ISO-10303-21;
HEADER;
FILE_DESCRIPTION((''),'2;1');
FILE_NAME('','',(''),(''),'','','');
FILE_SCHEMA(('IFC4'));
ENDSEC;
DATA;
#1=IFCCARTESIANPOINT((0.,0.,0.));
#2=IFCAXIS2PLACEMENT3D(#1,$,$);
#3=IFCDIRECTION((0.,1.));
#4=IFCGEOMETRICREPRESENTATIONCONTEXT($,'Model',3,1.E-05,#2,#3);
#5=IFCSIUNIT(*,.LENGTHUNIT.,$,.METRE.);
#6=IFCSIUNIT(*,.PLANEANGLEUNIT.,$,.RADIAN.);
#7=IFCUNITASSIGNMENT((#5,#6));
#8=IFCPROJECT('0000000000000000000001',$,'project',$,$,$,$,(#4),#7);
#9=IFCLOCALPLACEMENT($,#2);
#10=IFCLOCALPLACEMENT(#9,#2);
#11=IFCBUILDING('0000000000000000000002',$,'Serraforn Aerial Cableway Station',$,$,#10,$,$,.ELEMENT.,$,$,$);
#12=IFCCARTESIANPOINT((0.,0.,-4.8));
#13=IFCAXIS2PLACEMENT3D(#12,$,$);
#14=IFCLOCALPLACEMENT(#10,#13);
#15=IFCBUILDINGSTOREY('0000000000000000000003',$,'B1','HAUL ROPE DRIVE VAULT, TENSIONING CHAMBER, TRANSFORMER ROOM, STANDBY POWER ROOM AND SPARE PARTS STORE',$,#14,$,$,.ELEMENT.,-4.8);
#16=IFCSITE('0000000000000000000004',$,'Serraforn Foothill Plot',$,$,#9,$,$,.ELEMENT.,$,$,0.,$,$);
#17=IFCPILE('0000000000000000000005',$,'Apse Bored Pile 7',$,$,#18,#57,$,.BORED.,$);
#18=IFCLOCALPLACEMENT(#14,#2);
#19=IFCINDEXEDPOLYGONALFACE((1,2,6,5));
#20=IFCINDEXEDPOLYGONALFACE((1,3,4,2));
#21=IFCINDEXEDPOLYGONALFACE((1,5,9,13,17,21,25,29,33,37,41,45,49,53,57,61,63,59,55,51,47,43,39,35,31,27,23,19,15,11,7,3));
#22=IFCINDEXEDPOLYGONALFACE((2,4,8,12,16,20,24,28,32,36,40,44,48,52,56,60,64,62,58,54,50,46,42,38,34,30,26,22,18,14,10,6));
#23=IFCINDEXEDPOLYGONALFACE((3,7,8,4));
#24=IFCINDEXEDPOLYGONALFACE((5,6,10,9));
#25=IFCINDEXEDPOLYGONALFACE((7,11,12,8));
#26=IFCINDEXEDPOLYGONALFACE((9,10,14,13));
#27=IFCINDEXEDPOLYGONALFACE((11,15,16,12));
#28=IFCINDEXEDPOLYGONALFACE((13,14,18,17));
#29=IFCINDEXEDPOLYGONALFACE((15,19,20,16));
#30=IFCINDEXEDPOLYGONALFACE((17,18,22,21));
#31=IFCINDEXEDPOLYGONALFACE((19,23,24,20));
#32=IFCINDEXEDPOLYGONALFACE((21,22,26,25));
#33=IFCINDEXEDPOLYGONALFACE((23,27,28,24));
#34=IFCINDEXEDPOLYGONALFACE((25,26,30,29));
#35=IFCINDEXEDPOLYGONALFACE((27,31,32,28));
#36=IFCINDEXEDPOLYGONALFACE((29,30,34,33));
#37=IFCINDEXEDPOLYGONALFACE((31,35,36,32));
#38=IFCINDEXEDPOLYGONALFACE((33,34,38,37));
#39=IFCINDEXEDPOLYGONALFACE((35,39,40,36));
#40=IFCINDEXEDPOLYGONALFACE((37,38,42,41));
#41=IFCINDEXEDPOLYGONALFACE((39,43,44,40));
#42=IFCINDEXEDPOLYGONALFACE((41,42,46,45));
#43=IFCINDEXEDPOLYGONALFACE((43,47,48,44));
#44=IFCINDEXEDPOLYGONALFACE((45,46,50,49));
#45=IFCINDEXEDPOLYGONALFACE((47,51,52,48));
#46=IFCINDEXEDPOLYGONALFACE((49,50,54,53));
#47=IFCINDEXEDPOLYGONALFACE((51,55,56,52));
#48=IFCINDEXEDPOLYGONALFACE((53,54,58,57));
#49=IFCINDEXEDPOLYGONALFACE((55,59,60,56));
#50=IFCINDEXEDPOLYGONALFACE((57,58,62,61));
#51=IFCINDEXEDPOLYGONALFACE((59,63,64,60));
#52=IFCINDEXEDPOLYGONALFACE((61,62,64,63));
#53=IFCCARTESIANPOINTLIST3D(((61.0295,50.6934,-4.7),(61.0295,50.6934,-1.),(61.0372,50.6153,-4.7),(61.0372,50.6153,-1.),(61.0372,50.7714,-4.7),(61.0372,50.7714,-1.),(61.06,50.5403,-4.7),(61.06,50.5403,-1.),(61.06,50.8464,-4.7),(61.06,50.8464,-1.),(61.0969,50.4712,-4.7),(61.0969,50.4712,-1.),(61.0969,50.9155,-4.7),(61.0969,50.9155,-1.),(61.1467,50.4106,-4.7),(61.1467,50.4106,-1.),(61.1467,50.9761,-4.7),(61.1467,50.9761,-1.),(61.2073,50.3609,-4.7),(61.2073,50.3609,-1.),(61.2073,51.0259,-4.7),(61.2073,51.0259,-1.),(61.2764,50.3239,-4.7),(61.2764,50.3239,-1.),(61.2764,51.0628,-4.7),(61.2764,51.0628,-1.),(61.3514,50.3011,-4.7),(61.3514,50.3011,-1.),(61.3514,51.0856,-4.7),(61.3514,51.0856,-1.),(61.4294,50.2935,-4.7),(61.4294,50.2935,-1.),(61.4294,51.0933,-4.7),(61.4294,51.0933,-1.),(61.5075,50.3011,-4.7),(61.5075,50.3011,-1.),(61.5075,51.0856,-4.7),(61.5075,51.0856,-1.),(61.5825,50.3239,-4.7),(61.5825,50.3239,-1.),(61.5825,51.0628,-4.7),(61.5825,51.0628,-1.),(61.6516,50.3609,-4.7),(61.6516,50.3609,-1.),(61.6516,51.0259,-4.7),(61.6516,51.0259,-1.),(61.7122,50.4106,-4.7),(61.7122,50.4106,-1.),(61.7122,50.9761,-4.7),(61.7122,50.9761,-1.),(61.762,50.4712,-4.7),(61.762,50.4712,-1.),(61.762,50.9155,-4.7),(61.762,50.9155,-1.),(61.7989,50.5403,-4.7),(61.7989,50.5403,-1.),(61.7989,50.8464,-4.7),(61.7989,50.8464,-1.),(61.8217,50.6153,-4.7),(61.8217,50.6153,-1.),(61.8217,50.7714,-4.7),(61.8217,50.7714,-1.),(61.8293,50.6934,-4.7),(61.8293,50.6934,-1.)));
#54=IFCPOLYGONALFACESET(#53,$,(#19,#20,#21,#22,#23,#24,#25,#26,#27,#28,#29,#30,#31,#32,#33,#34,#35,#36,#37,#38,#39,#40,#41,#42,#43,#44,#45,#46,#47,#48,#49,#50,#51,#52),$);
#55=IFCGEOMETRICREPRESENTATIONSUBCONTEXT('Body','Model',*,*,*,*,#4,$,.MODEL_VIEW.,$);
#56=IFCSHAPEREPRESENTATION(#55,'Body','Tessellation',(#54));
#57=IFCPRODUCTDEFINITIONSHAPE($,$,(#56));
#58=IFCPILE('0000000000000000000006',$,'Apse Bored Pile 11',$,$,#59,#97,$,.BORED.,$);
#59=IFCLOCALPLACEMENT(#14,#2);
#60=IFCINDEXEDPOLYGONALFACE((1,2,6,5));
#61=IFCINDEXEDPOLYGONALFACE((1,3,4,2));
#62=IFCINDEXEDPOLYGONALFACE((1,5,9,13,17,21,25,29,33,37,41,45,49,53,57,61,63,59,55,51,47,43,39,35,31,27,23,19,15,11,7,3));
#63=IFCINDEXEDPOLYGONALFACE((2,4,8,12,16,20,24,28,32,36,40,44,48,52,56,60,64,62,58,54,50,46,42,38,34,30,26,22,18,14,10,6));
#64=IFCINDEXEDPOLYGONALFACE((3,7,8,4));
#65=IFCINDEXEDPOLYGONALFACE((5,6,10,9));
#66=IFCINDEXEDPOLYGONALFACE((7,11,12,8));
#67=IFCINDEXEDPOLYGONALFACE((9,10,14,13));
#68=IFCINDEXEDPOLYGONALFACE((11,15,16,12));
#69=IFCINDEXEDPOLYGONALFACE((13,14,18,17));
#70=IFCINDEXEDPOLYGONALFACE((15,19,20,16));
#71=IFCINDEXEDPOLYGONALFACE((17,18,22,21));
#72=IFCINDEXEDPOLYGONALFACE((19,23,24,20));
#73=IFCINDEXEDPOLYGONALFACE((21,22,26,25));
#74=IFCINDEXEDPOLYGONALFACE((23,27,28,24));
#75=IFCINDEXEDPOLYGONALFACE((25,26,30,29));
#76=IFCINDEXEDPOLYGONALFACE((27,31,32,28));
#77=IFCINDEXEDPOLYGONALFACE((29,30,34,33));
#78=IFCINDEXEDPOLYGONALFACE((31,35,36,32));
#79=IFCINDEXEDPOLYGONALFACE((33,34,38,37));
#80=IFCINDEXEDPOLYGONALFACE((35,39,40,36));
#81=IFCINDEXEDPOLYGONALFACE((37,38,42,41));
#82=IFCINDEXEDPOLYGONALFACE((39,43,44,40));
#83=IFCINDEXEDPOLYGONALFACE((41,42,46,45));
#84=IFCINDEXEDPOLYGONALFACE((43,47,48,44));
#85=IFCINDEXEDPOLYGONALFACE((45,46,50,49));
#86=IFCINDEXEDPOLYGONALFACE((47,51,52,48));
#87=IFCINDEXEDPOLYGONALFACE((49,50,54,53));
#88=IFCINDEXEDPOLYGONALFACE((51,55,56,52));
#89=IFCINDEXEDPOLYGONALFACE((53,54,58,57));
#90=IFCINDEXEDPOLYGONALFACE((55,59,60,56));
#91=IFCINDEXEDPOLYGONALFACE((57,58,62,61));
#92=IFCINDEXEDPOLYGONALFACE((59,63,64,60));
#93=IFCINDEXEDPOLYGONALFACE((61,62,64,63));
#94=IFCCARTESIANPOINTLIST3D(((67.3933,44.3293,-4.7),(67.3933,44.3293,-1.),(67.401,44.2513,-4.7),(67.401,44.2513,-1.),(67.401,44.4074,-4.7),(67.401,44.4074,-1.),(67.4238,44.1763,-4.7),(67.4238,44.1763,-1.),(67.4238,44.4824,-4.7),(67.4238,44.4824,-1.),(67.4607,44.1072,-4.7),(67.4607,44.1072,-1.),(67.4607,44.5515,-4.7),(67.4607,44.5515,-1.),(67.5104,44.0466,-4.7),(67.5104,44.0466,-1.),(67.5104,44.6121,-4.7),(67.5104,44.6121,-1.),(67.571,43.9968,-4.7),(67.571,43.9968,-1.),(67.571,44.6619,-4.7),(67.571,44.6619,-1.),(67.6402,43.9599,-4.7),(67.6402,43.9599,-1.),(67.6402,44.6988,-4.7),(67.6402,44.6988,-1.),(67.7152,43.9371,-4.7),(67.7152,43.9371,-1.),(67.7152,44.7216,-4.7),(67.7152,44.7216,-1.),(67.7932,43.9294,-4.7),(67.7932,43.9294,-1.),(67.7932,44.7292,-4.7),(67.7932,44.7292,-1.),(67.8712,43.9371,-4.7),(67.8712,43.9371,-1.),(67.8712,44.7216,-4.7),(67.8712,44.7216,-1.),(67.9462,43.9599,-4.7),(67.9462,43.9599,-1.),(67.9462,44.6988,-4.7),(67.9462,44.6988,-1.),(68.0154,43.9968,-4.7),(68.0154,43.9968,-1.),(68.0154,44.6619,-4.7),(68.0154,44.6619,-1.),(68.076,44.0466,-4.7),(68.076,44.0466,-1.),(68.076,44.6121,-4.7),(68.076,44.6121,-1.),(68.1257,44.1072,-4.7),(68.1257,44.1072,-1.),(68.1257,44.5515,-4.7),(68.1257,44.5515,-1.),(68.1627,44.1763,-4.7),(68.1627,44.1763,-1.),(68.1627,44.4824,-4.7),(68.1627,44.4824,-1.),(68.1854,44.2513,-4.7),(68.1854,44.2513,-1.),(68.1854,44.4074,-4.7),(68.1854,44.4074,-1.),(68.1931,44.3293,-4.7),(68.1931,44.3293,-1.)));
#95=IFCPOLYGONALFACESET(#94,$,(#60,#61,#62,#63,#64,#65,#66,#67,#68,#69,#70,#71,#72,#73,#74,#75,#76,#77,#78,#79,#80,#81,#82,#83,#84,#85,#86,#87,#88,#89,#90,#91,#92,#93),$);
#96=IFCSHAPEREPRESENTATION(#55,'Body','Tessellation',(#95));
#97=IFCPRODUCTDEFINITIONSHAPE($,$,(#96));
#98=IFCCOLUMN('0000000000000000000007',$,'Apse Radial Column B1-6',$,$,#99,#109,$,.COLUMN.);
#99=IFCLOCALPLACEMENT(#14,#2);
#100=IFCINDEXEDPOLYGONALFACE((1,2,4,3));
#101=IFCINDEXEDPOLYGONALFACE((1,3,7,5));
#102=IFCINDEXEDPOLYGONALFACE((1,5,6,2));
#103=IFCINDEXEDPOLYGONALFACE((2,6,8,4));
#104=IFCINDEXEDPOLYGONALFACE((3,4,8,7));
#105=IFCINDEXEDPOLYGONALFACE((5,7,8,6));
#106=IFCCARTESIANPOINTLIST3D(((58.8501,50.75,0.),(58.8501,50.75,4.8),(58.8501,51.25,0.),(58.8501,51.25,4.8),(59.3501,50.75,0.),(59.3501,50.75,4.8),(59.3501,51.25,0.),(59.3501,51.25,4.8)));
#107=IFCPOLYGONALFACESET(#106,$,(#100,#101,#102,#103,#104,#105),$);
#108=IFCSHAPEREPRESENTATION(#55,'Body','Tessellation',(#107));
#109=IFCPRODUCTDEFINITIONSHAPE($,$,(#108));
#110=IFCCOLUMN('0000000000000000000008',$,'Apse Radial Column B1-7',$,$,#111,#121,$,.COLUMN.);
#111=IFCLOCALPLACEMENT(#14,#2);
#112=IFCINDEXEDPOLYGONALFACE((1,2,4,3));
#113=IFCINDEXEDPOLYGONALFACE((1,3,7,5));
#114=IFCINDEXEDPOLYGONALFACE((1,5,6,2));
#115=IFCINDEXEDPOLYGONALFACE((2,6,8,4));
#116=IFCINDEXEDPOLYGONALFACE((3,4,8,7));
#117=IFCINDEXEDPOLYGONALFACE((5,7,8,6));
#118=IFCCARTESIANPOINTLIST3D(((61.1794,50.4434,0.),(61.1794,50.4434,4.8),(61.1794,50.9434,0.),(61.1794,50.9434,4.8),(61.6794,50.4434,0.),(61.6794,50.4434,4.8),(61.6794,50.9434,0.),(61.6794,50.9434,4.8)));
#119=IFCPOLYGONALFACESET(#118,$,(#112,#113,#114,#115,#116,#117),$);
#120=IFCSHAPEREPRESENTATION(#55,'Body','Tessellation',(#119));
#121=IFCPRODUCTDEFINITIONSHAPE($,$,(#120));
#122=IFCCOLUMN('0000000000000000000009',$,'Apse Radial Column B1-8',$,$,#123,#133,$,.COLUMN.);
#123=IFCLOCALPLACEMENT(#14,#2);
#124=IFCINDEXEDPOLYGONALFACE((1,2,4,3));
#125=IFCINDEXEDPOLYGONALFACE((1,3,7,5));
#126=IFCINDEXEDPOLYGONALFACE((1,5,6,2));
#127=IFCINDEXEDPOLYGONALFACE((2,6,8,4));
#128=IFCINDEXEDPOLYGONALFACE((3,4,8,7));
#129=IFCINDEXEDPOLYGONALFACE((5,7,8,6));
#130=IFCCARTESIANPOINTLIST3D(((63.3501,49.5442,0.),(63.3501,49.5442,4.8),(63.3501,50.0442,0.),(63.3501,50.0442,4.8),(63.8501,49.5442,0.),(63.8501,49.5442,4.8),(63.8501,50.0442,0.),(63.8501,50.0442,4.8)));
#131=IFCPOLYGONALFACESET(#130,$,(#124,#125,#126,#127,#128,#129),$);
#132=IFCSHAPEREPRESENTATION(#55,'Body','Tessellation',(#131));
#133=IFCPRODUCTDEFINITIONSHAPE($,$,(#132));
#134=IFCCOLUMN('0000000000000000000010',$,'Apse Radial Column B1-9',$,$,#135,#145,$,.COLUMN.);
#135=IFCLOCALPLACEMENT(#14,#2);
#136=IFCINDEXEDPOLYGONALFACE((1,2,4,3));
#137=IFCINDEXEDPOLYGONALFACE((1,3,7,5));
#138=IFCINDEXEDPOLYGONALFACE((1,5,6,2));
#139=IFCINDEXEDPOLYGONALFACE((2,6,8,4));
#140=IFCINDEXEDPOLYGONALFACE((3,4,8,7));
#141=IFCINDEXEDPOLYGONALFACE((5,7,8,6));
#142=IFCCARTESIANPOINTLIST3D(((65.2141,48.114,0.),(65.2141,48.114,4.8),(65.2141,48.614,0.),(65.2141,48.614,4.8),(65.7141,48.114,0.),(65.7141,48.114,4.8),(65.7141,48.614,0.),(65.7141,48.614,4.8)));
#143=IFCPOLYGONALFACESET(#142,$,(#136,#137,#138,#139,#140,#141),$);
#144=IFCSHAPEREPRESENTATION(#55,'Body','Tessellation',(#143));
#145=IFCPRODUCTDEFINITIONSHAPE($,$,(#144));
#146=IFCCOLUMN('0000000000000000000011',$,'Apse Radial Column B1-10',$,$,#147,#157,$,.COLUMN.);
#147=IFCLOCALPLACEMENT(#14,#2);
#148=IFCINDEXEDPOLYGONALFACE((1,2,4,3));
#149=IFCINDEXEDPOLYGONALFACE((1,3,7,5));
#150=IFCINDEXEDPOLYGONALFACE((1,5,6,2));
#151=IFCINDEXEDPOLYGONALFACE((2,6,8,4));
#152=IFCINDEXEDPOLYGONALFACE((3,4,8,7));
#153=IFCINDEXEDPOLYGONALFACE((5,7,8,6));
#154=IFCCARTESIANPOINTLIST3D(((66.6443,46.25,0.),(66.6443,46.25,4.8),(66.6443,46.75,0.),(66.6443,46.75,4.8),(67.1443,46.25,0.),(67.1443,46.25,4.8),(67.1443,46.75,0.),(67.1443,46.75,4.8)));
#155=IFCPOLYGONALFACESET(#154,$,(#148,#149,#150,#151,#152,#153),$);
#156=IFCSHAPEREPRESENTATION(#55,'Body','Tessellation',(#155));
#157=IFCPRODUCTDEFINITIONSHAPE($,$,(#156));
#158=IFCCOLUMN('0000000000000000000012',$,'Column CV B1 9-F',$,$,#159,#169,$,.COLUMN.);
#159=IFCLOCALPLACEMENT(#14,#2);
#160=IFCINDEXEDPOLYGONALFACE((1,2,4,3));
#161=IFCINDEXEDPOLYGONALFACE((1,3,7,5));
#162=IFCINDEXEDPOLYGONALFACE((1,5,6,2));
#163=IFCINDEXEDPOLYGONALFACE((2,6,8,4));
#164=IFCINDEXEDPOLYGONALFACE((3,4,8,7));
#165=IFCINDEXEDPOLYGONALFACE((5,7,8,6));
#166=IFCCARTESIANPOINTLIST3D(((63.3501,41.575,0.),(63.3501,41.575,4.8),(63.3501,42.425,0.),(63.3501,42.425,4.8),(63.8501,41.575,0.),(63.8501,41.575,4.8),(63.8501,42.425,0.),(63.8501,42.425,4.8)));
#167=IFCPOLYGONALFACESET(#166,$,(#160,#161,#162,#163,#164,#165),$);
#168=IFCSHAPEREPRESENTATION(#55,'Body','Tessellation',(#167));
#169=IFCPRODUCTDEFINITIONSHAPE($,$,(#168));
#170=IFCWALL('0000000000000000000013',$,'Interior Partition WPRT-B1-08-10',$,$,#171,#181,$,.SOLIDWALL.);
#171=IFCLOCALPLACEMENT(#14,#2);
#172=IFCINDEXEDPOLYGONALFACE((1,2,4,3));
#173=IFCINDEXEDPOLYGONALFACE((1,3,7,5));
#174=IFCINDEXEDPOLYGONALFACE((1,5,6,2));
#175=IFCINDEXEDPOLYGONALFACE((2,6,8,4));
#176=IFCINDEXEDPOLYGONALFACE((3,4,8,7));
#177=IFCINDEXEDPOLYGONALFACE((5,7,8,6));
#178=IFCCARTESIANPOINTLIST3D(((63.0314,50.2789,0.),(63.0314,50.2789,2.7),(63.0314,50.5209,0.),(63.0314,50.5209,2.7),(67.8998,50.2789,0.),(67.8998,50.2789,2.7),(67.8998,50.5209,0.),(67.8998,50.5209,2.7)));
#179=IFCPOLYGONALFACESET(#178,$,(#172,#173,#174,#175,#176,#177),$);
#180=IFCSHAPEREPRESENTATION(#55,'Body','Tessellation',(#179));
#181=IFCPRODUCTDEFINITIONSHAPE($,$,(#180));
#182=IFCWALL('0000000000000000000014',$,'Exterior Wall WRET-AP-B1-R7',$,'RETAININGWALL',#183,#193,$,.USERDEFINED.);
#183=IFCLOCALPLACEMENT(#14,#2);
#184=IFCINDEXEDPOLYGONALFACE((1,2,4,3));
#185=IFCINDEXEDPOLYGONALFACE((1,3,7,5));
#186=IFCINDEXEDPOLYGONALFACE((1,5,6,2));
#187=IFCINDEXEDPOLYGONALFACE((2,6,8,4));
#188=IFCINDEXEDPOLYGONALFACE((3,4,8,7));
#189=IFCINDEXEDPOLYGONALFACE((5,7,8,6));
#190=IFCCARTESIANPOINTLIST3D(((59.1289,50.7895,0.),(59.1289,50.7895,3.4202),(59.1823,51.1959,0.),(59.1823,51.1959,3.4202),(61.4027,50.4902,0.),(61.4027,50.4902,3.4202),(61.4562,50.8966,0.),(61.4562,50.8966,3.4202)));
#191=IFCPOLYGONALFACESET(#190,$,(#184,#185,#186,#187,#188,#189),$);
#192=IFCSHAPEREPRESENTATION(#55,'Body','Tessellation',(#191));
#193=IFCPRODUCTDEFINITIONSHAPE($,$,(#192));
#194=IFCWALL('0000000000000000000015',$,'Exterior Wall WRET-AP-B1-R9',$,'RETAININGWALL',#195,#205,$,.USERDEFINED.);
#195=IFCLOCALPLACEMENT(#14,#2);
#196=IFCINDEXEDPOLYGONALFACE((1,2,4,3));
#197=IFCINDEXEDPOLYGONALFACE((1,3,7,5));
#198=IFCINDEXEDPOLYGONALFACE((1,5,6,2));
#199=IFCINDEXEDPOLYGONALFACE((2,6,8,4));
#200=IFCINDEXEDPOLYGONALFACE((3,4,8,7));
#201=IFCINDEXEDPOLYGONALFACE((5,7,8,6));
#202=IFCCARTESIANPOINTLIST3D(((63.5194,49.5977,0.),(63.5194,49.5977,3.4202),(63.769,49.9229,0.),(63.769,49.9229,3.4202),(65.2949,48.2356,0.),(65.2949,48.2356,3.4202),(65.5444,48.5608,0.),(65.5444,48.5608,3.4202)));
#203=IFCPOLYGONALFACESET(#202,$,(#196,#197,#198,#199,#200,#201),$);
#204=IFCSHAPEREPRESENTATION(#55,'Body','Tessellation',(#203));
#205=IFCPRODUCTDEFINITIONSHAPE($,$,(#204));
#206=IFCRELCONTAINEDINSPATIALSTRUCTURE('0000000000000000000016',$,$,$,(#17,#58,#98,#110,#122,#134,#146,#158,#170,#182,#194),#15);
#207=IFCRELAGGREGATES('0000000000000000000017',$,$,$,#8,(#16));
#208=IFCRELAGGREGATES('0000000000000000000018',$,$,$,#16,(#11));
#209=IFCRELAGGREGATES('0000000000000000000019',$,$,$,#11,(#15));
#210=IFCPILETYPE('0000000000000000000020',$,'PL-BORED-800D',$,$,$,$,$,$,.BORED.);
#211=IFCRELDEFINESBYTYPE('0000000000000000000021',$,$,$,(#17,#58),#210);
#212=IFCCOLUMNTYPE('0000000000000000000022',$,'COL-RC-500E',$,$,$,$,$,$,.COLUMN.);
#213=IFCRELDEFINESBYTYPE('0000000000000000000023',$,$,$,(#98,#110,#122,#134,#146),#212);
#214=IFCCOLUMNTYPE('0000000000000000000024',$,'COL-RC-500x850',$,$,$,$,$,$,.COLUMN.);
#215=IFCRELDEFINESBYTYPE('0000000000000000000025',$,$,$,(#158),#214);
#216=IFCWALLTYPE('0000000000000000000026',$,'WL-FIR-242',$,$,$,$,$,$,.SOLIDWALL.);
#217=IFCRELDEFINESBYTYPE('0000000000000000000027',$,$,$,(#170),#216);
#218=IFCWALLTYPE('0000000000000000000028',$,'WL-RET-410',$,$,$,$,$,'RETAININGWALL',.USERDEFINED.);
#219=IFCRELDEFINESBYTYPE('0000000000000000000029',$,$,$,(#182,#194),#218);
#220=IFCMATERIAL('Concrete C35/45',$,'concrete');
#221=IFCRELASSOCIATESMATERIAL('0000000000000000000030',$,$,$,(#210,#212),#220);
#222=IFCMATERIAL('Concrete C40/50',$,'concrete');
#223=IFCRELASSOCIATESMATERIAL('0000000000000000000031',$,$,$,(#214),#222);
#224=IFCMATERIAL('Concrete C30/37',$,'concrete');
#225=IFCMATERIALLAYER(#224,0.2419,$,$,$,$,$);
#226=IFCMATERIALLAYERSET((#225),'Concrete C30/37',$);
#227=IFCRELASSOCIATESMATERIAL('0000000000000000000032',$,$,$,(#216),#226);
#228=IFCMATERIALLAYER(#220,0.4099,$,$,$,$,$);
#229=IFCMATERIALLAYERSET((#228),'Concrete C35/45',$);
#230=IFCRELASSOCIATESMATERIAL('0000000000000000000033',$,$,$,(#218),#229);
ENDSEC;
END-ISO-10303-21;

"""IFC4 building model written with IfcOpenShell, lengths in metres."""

from ifc_helpers import new_model, si_unit, direction, frame, frame_2d, origin, origin_2d, place, context, subcontext, project, spatial, rectangle, circle, extrude, material, layer, layer_set, material_profile, profile_set, type_object, element, save


model = new_model("IFC4")

# Units and contexts
model_context = context("Model", 3, precision=1e-05, world=origin(), true_north=direction((0.0, 1.0)))
body_context = subcontext(model_context, "Body", "Model", "MODEL_VIEW")
ifc_project = project(units=[si_unit("LENGTHUNIT", "METRE"), si_unit("PLANEANGLEUNIT", "RADIAN")], contexts=[model_context])

# Site, building, storey
site_placement = place(None, origin())
site = spatial("IfcSite", under=ifc_project, at=site_placement, Name="Serraforn Foothill Plot", CompositionType="ELEMENT", RefElevation=0.0)
building_placement = place(site_placement, origin())
building = spatial("IfcBuilding", under=site, at=building_placement, Name="Serraforn Aerial Cableway Station", CompositionType="ELEMENT")
storey_placement = place(building_placement, frame((0.0, 0.0, -4.8)))
storey = spatial("IfcBuildingStorey", under=building, at=storey_placement, Name="B1", Description="HAUL ROPE DRIVE VAULT, TENSIONING CHAMBER, TRANSFORMER ROOM, STANDBY POWER ROOM AND SPARE PARTS STORE", CompositionType="ELEMENT", Elevation=-4.8)

# Shared definitions
ifc_material_1 = material(Name="Concrete C35/45", Category="concrete")

# Piles
ifc_material_profile_1 = material_profile(ifc_material_1, circle(Radius=0.3999, at=origin_2d()), Name="BORED PILE D800")
ifc_profile_set_1 = profile_set([ifc_material_profile_1], Name="Concrete C35/45")
pile_type_1 = type_object("IfcPileType", Name="PL-BORED-800D", PredefinedType="BORED", material=ifc_profile_set_1)
for number, where, z_axis, x_axis, name in (
    (1, (61.4294, 50.6934, -1.0), (0.0, 0.0, -1.0), (1.0, 0.0, 0.0), "Apse Bored Pile 7"),
    (2, (67.7932, 44.3293, -1.0), (0.0, 0.0, -1.0), (1.0, 0.0, 0.0), "Apse Bored Pile 11"),
):
    element("IfcPile", number, at=place(storey_placement, frame(where, z_axis=z_axis, x_axis=x_axis)), inside=storey, type_object=pile_type_1, Name=name, PredefinedType="BORED", context=body_context, shape_type="SweptSolid", body=[
        extrude(circle(Radius=0.3999, at=origin_2d()), origin(), (0.0, 0.0, 1.0), 3.7),
    ])

# Columns
ifc_material_profile_2 = material_profile(ifc_material_1, rectangle(XDim=0.5, YDim=0.5, at=origin_2d()), Name="RC 500x500")
ifc_profile_set_2 = profile_set([ifc_material_profile_2], Name="Concrete C35/45")
column_type_1 = type_object("IfcColumnType", Name="COL-RC-500E", PredefinedType="COLUMN", material=ifc_profile_set_2)
for number, where, z_axis, x_axis, name in (
    (3, (59.1001, 51.0, 0.0), (0.0, 0.0, 1.0), (1.0, 0.0, 0.0), "Apse Radial Column B1-6"),
    (4, (61.4294, 50.6934, 0.0), (0.0, 0.0, 1.0), (1.0, 0.0, 0.0), "Apse Radial Column B1-7"),
    (5, (63.6001, 49.7942, 0.0), (0.0, 0.0, 1.0), (1.0, 0.0, 0.0), "Apse Radial Column B1-8"),
    (6, (65.4641, 48.364, 0.0), (0.0, 0.0, 1.0), (1.0, 0.0, 0.0), "Apse Radial Column B1-9"),
    (7, (66.8943, 46.5, 0.0), (0.0, 0.0, 1.0), (1.0, 0.0, 0.0), "Apse Radial Column B1-10"),
):
    element("IfcColumn", number, at=place(storey_placement, frame(where, z_axis=z_axis, x_axis=x_axis)), inside=storey, type_object=column_type_1, Name=name, PredefinedType="COLUMN", context=body_context, shape_type="SweptSolid", body=[
        extrude(rectangle(XDim=0.5, YDim=0.5, at=origin_2d()), origin(), (0.0, 0.0, 1.0), 4.8),
    ])
ifc_material_2 = material(Name="Concrete C40/50", Category="concrete")
ifc_material_profile_3 = material_profile(ifc_material_2, rectangle(XDim=0.5, YDim=0.8501, at=origin_2d()), Name="RC 500x850")
ifc_profile_set_3 = profile_set([ifc_material_profile_3], Name="Concrete C40/50")
column_type_2 = type_object("IfcColumnType", Name="COL-RC-500x850", PredefinedType="COLUMN", material=ifc_profile_set_3)
column_placement = place(storey_placement, frame((63.6001, 42.0, 0.0), z_axis=(0.0, 0.0, 1.0), x_axis=(1.0, 0.0, 0.0)))
element("IfcColumn", 8, at=column_placement, inside=storey, type_object=column_type_2, Name="Column CV B1 9-F", PredefinedType="COLUMN", context=body_context, shape_type="SweptSolid", body=[
    extrude(rectangle(XDim=0.5, YDim=0.8501, at=origin_2d()), origin(), (0.0, 0.0, 1.0), 4.8),
])

# Walls
ifc_material_3 = material(Name="Concrete C30/37", Category="concrete")
ifc_layer_1 = layer(ifc_material_3, 0.2419)
ifc_layer_set_1 = layer_set([ifc_layer_1], Name="Concrete C30/37")
wall_type_1 = type_object("IfcWallType", Name="WL-FIR-242", PredefinedType="SOLIDWALL", material=ifc_layer_set_1)
wall_1_placement = place(storey_placement, frame((63.0315, 50.3999, 0.0), z_axis=(0.0, 0.0, 1.0), x_axis=(1.0, 0.0, 0.0)))
element("IfcWall", 9, at=wall_1_placement, inside=storey, type_object=wall_type_1, Name="Interior Partition WPRT-B1-08-10", PredefinedType="SOLIDWALL", context=body_context, shape_type="SweptSolid", body=[
    extrude(rectangle(XDim=4.8684, YDim=0.2419, at=frame_2d((2.4341, 0.0))), origin(), (0.0, 0.0, 1.0), 2.7),
])
ifc_layer_2 = layer(ifc_material_1, 0.4099)
ifc_layer_set_2 = layer_set([ifc_layer_2], Name="Concrete C35/45")
wall_type_2 = type_object("IfcWallType", Name="WL-RET-410", ElementType="RETAININGWALL", PredefinedType="USERDEFINED", material=ifc_layer_set_2)
wall_2_placement = place(storey_placement, frame((61.4294, 50.6934, 0.0), z_axis=(0.0, 0.0, 1.0), x_axis=(-0.991448, 0.130504, 0.0)))
element("IfcWall", 10, at=wall_2_placement, inside=storey, type_object=wall_type_2, Name="Exterior Wall WRET-AP-B1-R7", ObjectType="RETAININGWALL", PredefinedType="USERDEFINED", context=body_context, shape_type="SweptSolid", body=[
    extrude(rectangle(XDim=2.2935, YDim=0.4099, at=frame_2d((1.1467, 0.0))), origin(), (0.0, 0.0, 1.0), 3.4202),
])
wall_3_placement = place(storey_placement, frame((65.4197, 48.3982, 0.0), z_axis=(0.0, 0.0, 1.0), x_axis=(-0.793406, 0.608693, 0.0)))
element("IfcWall", 11, at=wall_3_placement, inside=storey, type_object=wall_type_2, Name="Exterior Wall WRET-AP-B1-R9", ObjectType="RETAININGWALL", PredefinedType="USERDEFINED", context=body_context, shape_type="SweptSolid", body=[
    extrude(rectangle(XDim=2.2378, YDim=0.4099, at=frame_2d((1.1189, 0.0))), origin(), (0.0, 0.0, 1.0), 3.4202),
])

save(model, "model.ifc")
